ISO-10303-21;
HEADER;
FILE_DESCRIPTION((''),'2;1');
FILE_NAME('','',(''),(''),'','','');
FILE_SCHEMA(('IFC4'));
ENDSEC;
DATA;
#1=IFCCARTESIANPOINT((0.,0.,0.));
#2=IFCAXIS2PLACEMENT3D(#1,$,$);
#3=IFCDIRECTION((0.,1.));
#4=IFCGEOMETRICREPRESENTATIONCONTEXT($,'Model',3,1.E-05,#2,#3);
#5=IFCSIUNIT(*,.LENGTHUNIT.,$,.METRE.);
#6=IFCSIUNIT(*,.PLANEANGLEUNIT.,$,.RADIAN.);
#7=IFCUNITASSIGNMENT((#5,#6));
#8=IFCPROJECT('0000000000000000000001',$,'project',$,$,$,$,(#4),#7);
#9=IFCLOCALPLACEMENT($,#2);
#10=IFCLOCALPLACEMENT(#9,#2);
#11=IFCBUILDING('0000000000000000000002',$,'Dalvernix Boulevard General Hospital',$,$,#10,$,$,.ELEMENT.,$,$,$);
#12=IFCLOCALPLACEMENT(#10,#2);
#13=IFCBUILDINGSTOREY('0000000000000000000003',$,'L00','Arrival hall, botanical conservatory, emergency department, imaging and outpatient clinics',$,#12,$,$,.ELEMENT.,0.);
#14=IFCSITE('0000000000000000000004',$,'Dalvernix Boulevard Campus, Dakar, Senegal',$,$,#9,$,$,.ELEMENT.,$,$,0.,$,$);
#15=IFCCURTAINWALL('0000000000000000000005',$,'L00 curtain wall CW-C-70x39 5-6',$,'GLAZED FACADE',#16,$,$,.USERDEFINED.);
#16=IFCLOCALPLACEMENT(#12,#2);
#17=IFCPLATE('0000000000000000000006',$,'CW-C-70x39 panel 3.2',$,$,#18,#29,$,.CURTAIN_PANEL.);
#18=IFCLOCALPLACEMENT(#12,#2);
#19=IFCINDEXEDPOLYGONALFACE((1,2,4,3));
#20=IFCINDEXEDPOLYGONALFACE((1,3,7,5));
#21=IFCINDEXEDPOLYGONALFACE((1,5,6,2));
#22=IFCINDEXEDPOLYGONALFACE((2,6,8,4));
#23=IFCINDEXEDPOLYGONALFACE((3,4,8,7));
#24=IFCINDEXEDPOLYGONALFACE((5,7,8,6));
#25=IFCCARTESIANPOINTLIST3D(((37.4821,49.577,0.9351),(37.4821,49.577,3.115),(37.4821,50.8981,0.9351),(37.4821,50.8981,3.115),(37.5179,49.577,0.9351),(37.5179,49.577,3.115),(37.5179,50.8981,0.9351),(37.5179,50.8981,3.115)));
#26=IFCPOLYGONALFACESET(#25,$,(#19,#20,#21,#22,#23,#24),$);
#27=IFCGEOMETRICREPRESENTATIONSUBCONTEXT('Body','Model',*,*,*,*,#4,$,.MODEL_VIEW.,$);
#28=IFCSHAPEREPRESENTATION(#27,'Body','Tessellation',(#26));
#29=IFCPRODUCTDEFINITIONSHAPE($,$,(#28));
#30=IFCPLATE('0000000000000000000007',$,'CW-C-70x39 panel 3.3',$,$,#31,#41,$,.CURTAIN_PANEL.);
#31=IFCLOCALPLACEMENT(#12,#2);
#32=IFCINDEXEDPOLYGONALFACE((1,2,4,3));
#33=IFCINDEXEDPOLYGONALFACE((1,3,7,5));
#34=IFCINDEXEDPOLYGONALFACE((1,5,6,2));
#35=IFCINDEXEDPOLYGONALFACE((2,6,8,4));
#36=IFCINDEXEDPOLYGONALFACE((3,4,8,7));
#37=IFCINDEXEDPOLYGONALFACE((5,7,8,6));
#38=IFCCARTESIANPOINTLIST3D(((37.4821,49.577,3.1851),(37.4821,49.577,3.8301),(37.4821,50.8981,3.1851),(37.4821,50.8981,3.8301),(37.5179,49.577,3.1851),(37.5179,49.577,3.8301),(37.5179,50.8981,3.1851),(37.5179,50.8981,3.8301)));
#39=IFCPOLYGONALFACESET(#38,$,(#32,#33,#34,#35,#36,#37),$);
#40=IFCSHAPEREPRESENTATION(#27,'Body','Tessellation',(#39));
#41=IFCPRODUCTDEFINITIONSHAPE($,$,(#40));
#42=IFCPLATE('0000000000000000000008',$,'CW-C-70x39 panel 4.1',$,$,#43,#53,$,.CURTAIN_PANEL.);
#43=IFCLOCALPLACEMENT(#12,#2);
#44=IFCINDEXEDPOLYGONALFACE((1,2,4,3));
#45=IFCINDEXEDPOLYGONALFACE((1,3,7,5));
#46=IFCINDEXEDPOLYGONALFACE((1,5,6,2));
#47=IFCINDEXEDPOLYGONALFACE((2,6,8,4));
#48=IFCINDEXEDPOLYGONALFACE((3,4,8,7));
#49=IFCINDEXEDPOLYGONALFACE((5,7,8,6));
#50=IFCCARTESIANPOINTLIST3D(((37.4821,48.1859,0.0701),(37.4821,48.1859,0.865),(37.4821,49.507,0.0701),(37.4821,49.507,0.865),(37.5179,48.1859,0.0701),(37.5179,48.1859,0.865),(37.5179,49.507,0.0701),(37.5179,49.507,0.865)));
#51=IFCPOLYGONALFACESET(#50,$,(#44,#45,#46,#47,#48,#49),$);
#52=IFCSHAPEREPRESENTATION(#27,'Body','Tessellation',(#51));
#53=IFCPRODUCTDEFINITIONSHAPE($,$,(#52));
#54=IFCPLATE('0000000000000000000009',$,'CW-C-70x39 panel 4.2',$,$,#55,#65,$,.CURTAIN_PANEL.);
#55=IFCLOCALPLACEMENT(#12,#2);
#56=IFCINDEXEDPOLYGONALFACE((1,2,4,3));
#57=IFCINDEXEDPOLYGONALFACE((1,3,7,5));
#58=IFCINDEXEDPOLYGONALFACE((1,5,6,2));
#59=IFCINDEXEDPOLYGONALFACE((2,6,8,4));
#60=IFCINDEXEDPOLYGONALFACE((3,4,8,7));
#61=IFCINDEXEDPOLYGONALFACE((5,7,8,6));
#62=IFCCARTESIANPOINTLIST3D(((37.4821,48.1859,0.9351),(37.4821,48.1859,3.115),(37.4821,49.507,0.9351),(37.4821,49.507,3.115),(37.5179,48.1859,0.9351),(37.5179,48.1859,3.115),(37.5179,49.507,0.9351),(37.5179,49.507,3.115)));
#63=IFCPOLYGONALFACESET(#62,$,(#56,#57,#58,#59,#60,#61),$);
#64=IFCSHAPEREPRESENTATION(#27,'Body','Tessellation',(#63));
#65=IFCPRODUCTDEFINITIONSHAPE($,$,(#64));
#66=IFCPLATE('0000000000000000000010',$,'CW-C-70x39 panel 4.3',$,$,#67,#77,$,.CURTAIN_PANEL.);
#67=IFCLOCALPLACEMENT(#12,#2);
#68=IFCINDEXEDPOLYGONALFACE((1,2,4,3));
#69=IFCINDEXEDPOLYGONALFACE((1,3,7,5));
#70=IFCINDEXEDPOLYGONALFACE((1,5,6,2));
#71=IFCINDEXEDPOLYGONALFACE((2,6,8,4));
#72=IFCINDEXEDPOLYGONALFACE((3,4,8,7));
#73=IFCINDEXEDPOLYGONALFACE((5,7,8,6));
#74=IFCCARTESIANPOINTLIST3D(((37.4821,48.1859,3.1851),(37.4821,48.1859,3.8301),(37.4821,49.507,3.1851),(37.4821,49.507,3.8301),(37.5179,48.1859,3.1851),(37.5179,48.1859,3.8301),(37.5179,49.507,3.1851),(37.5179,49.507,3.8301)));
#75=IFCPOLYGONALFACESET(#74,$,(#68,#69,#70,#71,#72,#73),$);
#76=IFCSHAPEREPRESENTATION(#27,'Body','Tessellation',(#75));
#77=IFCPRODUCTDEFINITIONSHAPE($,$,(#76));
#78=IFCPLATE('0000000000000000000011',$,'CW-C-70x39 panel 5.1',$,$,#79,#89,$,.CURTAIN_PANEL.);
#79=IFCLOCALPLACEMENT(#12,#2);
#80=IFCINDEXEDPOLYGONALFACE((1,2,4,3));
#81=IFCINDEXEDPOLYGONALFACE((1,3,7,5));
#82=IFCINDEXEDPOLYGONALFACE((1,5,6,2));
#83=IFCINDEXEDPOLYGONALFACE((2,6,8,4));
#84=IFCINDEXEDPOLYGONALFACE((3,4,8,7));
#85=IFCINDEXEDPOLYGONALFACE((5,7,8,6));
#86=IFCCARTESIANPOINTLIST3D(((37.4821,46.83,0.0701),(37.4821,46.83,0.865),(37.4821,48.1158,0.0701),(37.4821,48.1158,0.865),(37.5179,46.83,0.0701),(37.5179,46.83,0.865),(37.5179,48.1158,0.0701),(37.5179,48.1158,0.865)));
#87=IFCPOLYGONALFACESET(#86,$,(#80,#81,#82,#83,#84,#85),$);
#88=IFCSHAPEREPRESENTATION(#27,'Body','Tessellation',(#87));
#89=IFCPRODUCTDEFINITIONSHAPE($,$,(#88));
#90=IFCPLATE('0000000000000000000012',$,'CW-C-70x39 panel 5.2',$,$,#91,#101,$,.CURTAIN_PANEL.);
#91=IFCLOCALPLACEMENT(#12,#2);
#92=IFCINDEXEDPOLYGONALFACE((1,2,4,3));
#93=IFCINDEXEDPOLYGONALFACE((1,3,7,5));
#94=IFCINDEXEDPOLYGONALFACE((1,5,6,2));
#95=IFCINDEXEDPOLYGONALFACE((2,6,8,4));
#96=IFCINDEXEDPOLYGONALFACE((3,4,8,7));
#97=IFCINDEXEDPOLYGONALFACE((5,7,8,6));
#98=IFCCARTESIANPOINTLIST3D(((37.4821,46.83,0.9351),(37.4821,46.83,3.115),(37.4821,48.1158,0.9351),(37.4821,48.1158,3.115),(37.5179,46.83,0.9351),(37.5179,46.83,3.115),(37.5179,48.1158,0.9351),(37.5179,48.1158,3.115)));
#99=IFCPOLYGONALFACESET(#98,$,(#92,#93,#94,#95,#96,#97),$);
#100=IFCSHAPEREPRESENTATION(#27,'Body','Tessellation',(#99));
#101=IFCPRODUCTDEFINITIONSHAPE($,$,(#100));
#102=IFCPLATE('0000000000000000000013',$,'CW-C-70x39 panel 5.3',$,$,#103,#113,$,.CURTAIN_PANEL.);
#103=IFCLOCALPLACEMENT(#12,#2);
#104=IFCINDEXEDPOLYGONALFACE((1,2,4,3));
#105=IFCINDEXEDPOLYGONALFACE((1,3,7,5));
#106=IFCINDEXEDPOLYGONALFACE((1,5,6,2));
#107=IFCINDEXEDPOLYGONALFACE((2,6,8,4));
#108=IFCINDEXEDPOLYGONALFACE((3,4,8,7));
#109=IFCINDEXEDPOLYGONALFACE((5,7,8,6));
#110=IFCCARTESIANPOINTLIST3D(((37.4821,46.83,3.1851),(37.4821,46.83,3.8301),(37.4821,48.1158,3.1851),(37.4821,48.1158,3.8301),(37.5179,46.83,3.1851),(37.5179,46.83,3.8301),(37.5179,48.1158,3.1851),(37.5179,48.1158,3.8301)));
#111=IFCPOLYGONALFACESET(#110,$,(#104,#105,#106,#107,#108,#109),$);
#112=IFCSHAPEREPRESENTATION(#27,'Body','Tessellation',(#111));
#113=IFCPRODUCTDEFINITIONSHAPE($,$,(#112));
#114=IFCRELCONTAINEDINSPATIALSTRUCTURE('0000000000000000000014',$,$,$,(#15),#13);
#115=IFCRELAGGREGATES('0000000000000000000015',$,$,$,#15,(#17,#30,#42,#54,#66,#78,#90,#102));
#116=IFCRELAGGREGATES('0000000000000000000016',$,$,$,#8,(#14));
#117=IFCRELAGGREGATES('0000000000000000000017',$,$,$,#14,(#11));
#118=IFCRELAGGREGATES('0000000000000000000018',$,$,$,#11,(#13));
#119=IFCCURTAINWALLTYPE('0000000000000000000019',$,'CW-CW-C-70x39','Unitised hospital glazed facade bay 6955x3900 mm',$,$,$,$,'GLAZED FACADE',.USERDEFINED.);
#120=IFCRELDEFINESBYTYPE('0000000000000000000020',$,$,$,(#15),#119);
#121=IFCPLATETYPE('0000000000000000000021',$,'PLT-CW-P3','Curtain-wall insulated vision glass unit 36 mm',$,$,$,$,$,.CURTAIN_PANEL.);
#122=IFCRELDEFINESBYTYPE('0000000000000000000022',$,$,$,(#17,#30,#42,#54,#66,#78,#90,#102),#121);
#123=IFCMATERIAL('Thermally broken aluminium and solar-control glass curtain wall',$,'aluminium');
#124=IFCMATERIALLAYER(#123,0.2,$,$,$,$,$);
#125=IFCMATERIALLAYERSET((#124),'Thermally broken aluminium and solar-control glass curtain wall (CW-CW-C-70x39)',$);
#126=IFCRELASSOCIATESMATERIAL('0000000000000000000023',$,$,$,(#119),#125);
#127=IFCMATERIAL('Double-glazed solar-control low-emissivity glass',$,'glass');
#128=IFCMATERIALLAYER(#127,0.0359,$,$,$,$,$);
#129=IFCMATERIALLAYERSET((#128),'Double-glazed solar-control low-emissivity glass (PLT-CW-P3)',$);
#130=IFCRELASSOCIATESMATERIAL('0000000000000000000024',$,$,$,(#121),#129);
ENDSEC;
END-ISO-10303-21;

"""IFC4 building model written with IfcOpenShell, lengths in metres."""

from ifc_helpers import new_model, si_unit, direction, frame, origin, origin_2d, place, context, subcontext, project, spatial, rectangle, extrude, material, layer, layer_set, type_object, element, aggregate, save


model = new_model("IFC4")

# Units and contexts
model_context = context("Model", 3, precision=1e-05, world=origin(), true_north=direction((0.0, 1.0)))
body_context = subcontext(model_context, "Body", "Model", "MODEL_VIEW")
ifc_project = project(units=[si_unit("LENGTHUNIT", "METRE"), si_unit("PLANEANGLEUNIT", "RADIAN")], contexts=[model_context])

# Site, building, storey
site_placement = place(None, origin())
site = spatial("IfcSite", under=ifc_project, at=site_placement, Name="Dalvernix Boulevard Campus, Dakar, Senegal", CompositionType="ELEMENT", RefElevation=0.0)
building_placement = place(site_placement, origin())
building = spatial("IfcBuilding", under=site, at=building_placement, Name="Dalvernix Boulevard General Hospital", CompositionType="ELEMENT")
storey_placement = place(building_placement, origin())
storey = spatial("IfcBuildingStorey", under=building, at=storey_placement, Name="L00", Description="Arrival hall, botanical conservatory, emergency department, imaging and outpatient clinics", CompositionType="ELEMENT", Elevation=0.0)

# Curtain wall, plates
ifc_material_1 = material(Name="Thermally broken aluminium and solar-control glass curtain wall", Category="aluminium")
ifc_layer_1 = layer(ifc_material_1, 0.2)
ifc_layer_set_1 = layer_set([ifc_layer_1], Name="Thermally broken aluminium and solar-control glass curtain wall (CW-CW-C-70x39)")
curtain_wall_type = type_object("IfcCurtainWallType", Name="CW-CW-C-70x39", Description="Unitised hospital glazed facade bay 6955x3900 mm", ElementType="GLAZED FACADE", PredefinedType="USERDEFINED", material=ifc_layer_set_1)
curtain_wall_placement = place(storey_placement, origin())
curtain_wall = element("IfcCurtainWall", 1, at=curtain_wall_placement, inside=storey, type_object=curtain_wall_type, Name="L00 curtain wall CW-C-70x39 5-6", ObjectType="GLAZED FACADE", PredefinedType="USERDEFINED")
ifc_material_2 = material(Name="Double-glazed solar-control low-emissivity glass", Category="glass")
ifc_layer_2 = layer(ifc_material_2, 0.0359)
ifc_layer_set_2 = layer_set([ifc_layer_2], Name="Double-glazed solar-control low-emissivity glass (PLT-CW-P3)")
plate_type = type_object("IfcPlateType", Name="PLT-CW-P3", Description="Curtain-wall insulated vision glass unit 36 mm", PredefinedType="CURTAIN_PANEL", material=ifc_layer_set_2)
plate_1_placement = place(storey_placement, frame((37.5, 50.2375, 0.9351), z_axis=(0.0, 0.0, 1.0), x_axis=(0.0, -1.0, 0.0)))
plate_1 = element("IfcPlate", 2, at=plate_1_placement, type_object=plate_type, Name="CW-C-70x39 panel 3.2", PredefinedType="CURTAIN_PANEL", context=body_context, shape_type="SweptSolid", body=[
    extrude(rectangle(XDim=1.321, YDim=0.0359, at=origin_2d()), origin(), (0.0, 0.0, 1.0), 2.1799),
])
plate_2_placement = place(storey_placement, frame((37.5, 50.2375, 3.1851), z_axis=(0.0, 0.0, 1.0), x_axis=(0.0, -1.0, 0.0)))
plate_2 = element("IfcPlate", 3, at=plate_2_placement, type_object=plate_type, Name="CW-C-70x39 panel 3.3", PredefinedType="CURTAIN_PANEL", context=body_context, shape_type="SweptSolid", body=[
    extrude(rectangle(XDim=1.321, YDim=0.0359, at=origin_2d()), origin(), (0.0, 0.0, 1.0), 0.645),
])
plate_3_placement = place(storey_placement, frame((37.5, 48.8464, 0.0701), z_axis=(0.0, 0.0, 1.0), x_axis=(0.0, -1.0, 0.0)))
plate_3 = element("IfcPlate", 4, at=plate_3_placement, type_object=plate_type, Name="CW-C-70x39 panel 4.1", PredefinedType="CURTAIN_PANEL", context=body_context, shape_type="SweptSolid", body=[
    extrude(rectangle(XDim=1.321, YDim=0.0359, at=origin_2d()), origin(), (0.0, 0.0, 1.0), 0.7949),
])
plate_4_placement = place(storey_placement, frame((37.5, 48.8464, 0.9351), z_axis=(0.0, 0.0, 1.0), x_axis=(0.0, -1.0, 0.0)))
plate_4 = element("IfcPlate", 5, at=plate_4_placement, type_object=plate_type, Name="CW-C-70x39 panel 4.2", PredefinedType="CURTAIN_PANEL", context=body_context, shape_type="SweptSolid", body=[
    extrude(rectangle(XDim=1.321, YDim=0.0359, at=origin_2d()), origin(), (0.0, 0.0, 1.0), 2.1799),
])
plate_5_placement = place(storey_placement, frame((37.5, 48.8464, 3.1851), z_axis=(0.0, 0.0, 1.0), x_axis=(0.0, -1.0, 0.0)))
plate_5 = element("IfcPlate", 6, at=plate_5_placement, type_object=plate_type, Name="CW-C-70x39 panel 4.3", PredefinedType="CURTAIN_PANEL", context=body_context, shape_type="SweptSolid", body=[
    extrude(rectangle(XDim=1.321, YDim=0.0359, at=origin_2d()), origin(), (0.0, 0.0, 1.0), 0.645),
])
plate_6_placement = place(storey_placement, frame((37.5, 47.4729, 0.0701), z_axis=(0.0, 0.0, 1.0), x_axis=(0.0, -1.0, 0.0)))
plate_6 = element("IfcPlate", 7, at=plate_6_placement, type_object=plate_type, Name="CW-C-70x39 panel 5.1", PredefinedType="CURTAIN_PANEL", context=body_context, shape_type="SweptSolid", body=[
    extrude(rectangle(XDim=1.2859, YDim=0.0359, at=origin_2d()), origin(), (0.0, 0.0, 1.0), 0.7949),
])
plate_7_placement = place(storey_placement, frame((37.5, 47.4729, 0.9351), z_axis=(0.0, 0.0, 1.0), x_axis=(0.0, -1.0, 0.0)))
plate_7 = element("IfcPlate", 8, at=plate_7_placement, type_object=plate_type, Name="CW-C-70x39 panel 5.2", PredefinedType="CURTAIN_PANEL", context=body_context, shape_type="SweptSolid", body=[
    extrude(rectangle(XDim=1.2859, YDim=0.0359, at=origin_2d()), origin(), (0.0, 0.0, 1.0), 2.1799),
])
plate_8_placement = place(storey_placement, frame((37.5, 47.4729, 3.1851), z_axis=(0.0, 0.0, 1.0), x_axis=(0.0, -1.0, 0.0)))
plate_8 = element("IfcPlate", 9, at=plate_8_placement, type_object=plate_type, Name="CW-C-70x39 panel 5.3", PredefinedType="CURTAIN_PANEL", context=body_context, shape_type="SweptSolid", body=[
    extrude(rectangle(XDim=1.2859, YDim=0.0359, at=origin_2d()), origin(), (0.0, 0.0, 1.0), 0.645),
])
aggregate(curtain_wall, [plate_1, plate_2, plate_3, plate_4, plate_5, plate_6, plate_7, plate_8])

save(model, "model.ifc")
